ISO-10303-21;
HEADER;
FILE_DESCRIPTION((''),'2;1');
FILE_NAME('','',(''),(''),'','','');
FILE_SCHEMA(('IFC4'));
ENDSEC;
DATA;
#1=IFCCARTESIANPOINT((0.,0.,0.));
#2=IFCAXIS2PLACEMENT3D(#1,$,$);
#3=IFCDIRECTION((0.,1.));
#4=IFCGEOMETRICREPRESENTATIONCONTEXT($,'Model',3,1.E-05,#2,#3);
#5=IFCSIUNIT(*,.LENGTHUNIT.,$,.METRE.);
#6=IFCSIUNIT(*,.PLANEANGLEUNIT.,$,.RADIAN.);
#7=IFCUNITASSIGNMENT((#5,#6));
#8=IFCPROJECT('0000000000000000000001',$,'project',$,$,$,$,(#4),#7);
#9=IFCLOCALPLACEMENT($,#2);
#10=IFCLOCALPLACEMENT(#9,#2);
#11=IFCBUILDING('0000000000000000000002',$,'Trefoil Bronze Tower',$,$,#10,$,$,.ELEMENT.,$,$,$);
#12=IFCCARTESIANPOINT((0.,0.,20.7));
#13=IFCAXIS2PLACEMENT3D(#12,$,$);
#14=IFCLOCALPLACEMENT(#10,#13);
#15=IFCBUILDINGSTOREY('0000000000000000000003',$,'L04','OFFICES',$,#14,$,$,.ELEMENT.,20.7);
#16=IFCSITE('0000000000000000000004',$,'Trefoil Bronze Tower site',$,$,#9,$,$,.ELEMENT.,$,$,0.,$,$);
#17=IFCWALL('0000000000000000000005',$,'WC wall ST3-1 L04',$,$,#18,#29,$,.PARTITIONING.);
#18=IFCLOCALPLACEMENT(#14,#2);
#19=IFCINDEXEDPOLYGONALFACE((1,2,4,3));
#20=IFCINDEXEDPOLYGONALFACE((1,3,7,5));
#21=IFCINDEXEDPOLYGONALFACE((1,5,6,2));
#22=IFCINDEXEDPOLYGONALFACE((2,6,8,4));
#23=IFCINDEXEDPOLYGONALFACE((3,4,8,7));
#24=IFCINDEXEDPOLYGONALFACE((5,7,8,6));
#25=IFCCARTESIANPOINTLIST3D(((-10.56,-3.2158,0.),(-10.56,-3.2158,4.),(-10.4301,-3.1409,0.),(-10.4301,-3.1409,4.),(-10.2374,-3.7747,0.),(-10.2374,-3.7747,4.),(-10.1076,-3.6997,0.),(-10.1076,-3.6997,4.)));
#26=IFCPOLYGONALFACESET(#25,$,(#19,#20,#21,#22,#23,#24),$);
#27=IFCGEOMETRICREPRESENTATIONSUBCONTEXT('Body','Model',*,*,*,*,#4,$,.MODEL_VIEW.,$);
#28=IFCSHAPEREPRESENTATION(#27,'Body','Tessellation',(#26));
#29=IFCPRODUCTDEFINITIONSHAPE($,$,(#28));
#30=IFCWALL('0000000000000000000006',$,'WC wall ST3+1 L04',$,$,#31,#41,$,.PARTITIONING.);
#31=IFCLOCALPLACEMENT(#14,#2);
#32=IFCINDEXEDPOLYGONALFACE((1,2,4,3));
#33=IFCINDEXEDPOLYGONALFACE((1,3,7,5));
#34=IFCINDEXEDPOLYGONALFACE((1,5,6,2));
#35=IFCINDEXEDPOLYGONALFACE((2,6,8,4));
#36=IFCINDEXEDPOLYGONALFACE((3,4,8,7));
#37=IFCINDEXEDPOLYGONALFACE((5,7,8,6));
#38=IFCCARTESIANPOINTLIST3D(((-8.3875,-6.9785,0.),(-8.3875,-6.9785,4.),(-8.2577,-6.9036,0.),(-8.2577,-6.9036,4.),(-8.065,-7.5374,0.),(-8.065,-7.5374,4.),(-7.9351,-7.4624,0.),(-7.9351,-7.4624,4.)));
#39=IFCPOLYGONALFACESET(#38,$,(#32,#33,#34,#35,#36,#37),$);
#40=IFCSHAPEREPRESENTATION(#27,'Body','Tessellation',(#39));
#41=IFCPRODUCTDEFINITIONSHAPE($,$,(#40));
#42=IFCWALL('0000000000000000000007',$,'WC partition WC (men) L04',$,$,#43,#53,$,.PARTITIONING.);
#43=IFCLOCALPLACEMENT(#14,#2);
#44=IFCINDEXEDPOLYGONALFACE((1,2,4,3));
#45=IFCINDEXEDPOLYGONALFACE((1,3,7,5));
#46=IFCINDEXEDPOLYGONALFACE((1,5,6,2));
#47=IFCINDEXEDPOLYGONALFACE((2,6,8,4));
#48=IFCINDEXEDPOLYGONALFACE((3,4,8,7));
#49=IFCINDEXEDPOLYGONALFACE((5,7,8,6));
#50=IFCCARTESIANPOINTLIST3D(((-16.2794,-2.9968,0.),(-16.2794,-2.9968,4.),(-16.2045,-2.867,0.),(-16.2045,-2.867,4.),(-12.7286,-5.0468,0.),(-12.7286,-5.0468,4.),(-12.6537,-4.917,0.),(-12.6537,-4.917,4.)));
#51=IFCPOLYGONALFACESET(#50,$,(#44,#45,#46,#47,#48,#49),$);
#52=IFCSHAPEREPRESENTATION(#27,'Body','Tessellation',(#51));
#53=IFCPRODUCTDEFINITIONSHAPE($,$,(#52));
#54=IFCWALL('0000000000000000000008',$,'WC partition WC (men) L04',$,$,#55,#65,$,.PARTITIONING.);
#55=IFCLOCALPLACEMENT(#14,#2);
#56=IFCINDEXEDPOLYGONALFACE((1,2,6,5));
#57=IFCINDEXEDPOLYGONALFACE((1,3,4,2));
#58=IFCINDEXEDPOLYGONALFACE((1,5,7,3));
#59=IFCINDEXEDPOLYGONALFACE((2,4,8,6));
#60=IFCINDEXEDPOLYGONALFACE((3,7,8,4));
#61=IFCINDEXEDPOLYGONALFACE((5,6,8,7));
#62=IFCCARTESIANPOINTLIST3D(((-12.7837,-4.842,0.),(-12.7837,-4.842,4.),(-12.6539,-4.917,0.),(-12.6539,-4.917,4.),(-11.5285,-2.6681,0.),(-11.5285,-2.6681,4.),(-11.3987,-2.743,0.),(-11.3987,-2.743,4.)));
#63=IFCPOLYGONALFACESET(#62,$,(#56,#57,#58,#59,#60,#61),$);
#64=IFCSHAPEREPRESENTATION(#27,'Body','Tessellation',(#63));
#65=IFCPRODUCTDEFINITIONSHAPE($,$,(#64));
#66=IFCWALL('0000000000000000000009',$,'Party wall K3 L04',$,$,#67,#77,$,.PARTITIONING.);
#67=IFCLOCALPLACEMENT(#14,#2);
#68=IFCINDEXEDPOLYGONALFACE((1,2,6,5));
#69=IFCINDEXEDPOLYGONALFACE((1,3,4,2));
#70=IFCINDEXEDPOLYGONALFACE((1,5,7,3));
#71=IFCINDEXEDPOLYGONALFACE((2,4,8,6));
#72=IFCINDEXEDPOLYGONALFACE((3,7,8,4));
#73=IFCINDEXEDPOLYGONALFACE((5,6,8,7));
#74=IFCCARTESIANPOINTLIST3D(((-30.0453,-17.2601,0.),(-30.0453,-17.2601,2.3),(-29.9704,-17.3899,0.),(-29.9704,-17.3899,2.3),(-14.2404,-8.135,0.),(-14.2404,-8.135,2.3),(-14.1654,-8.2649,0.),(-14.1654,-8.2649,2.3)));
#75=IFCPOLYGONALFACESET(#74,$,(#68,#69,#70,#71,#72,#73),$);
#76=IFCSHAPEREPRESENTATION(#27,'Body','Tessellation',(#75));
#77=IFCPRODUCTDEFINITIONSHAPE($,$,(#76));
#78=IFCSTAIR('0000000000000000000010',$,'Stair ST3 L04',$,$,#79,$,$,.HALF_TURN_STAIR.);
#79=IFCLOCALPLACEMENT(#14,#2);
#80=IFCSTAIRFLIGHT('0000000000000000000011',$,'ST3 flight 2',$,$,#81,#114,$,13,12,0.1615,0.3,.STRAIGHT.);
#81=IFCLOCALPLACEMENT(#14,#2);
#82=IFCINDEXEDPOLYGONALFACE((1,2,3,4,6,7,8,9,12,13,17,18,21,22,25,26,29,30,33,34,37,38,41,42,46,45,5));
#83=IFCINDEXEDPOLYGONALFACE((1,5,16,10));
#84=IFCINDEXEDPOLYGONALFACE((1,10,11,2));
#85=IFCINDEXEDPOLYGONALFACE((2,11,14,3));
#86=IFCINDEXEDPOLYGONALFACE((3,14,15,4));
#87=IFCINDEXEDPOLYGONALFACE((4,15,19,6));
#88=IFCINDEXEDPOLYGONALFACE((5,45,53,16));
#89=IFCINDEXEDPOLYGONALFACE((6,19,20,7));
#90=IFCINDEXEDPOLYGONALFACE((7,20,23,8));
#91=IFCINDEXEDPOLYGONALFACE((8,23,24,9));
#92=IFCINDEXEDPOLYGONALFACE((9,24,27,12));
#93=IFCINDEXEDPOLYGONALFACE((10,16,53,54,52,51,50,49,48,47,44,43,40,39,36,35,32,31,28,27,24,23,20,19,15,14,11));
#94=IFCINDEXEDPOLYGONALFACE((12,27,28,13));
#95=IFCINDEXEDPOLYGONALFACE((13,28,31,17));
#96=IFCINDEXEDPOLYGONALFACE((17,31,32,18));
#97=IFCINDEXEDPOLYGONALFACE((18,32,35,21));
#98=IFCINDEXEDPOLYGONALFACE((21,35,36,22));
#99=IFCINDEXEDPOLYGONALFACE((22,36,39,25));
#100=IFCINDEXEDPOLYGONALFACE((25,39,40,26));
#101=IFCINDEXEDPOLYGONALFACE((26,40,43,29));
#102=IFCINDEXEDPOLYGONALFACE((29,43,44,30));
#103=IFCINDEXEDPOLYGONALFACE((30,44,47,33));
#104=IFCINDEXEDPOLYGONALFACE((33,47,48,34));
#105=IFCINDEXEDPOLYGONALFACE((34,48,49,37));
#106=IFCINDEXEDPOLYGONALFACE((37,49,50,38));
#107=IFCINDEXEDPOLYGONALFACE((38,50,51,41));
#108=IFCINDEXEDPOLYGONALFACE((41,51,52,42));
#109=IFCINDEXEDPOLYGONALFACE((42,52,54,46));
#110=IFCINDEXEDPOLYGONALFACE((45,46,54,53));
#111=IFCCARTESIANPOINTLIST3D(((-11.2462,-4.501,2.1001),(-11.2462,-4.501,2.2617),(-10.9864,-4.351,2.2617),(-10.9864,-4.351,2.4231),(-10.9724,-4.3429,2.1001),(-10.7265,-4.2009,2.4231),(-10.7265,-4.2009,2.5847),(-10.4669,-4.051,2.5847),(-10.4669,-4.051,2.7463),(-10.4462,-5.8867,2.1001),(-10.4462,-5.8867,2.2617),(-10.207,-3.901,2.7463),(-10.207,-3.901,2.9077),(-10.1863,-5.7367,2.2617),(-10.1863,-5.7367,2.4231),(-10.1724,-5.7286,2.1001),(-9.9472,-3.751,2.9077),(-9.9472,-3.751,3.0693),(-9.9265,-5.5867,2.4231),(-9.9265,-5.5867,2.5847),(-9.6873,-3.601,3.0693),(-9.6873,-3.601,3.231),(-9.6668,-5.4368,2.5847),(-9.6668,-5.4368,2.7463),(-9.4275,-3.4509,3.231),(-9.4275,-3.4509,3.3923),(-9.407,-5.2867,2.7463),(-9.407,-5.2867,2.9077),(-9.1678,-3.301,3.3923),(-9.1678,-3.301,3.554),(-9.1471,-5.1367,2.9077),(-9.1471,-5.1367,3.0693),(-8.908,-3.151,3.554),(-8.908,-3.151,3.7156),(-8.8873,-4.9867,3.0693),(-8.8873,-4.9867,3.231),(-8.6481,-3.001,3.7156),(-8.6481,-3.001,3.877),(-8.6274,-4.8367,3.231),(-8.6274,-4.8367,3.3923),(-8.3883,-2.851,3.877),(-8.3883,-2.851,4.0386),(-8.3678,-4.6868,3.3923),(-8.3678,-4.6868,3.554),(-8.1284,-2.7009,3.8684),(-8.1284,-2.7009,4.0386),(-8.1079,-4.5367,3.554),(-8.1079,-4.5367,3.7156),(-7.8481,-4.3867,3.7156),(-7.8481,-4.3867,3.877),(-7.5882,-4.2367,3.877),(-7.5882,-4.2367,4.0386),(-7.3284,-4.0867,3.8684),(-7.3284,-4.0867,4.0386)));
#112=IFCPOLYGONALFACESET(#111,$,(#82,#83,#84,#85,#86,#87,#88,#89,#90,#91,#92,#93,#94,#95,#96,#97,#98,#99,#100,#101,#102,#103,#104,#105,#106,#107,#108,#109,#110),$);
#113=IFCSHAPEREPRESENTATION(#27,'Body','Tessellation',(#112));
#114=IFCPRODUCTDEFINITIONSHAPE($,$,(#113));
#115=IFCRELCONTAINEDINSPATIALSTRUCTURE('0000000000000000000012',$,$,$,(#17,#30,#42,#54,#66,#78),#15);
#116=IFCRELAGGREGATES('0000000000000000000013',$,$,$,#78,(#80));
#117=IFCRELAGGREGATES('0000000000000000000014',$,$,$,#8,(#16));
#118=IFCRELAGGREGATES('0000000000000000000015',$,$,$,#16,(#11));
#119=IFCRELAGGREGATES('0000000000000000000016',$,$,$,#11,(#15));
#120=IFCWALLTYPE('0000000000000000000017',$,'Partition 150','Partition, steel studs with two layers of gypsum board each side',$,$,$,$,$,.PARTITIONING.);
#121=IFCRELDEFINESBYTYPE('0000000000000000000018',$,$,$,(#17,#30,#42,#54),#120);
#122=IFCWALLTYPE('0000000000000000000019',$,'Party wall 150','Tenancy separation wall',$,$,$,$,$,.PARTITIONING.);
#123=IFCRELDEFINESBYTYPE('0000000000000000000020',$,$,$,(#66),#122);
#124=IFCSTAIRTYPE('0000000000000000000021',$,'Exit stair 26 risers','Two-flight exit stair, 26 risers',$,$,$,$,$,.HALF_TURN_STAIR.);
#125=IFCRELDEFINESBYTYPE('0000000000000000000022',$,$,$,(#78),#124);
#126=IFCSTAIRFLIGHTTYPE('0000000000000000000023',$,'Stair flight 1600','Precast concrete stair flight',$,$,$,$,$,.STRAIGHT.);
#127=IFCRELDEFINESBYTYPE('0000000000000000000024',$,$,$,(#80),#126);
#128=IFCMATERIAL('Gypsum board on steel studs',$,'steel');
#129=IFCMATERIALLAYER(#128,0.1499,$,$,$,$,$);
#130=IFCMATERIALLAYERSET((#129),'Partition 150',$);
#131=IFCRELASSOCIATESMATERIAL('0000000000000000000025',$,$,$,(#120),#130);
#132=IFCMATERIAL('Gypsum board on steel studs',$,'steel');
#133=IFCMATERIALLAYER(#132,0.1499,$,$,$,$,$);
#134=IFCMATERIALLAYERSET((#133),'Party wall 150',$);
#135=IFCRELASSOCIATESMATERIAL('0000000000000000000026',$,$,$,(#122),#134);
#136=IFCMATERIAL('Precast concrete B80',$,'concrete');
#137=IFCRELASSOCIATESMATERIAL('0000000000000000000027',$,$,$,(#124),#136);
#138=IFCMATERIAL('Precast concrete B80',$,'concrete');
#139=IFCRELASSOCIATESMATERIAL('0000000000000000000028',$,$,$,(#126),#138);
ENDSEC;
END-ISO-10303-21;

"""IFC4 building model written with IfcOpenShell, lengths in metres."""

from ifc_helpers import new_model, si_unit, direction, frame, frame_2d, origin, place, context, subcontext, project, spatial, polyline, rectangle, outline, extrude, material, layer, layer_set, type_object, element, aggregate, save


model = new_model("IFC4")

# Units and contexts
model_context = context("Model", 3, precision=1e-05, world=origin(), true_north=direction((0.0, 1.0)))
body_context = subcontext(model_context, "Body", "Model", "MODEL_VIEW")
ifc_project = project(units=[si_unit("LENGTHUNIT", "METRE"), si_unit("PLANEANGLEUNIT", "RADIAN")], contexts=[model_context])

# Site, building, storey
site_placement = place(None, origin())
site = spatial("IfcSite", under=ifc_project, at=site_placement, Name="Trefoil Bronze Tower site", CompositionType="ELEMENT", RefElevation=0.0)
building_placement = place(site_placement, origin())
building = spatial("IfcBuilding", under=site, at=building_placement, Name="Trefoil Bronze Tower", CompositionType="ELEMENT")
storey_placement = place(building_placement, frame((0.0, 0.0, 20.7)))
storey = spatial("IfcBuildingStorey", under=building, at=storey_placement, Name="L04", Description="OFFICES", CompositionType="ELEMENT", Elevation=20.7)

# Shared definitions
ifc_material_1 = material(Name="Gypsum board on steel studs", Category="steel")
ifc_layer_1 = layer(ifc_material_1, 0.1499)
ifc_layer_set_1 = layer_set([ifc_layer_1], Name="Partition 150")
wall_type_1 = type_object("IfcWallType", Name="Partition 150", Description="Partition, steel studs with two layers of gypsum board each side", PredefinedType="PARTITIONING", material=ifc_layer_set_1)

# Walls
for number, where, z_axis, x_axis, name in (
    (1, (-10.4951, -3.1782, 0.0), (0.0, 0.0, 1.0), (0.499843, -0.866116, 0.0), "WC wall ST3-1 L04"),
    (2, (-8.0, -7.5, 0.0), (0.0, 0.0, 1.0), (-0.499843, 0.866116, 0.0), "WC wall ST3+1 L04"),
):
    element("IfcWall", number, at=place(storey_placement, frame(where, z_axis=z_axis, x_axis=x_axis)), inside=storey, type_object=wall_type_1, Name=name, PredefinedType="PARTITIONING", context=body_context, shape_type="SweptSolid", body=[
        extrude(rectangle(XDim=0.6453, YDim=0.1499, at=frame_2d((0.3228, 0.0))), origin(), (0.0, 0.0, 1.0), 4.0),
    ])
wall_1_placement = place(storey_placement, frame((-12.6912, -4.9819, 0.0), z_axis=(0.0, 0.0, 1.0), x_axis=(-0.866025, 0.500001, 0.0)))
element("IfcWall", 3, at=wall_1_placement, inside=storey, type_object=wall_type_1, Name="WC partition WC (men) L04", PredefinedType="PARTITIONING", context=body_context, shape_type="SweptSolid", body=[
    extrude(rectangle(XDim=4.1001, YDim=0.1499, at=frame_2d((2.05, 0.0))), origin(), (0.0, 0.0, 1.0), 4.0),
])
wall_2_placement = place(storey_placement, frame((-11.4636, -2.7056, 0.0), z_axis=(0.0, 0.0, 1.0), x_axis=(-0.50002, -0.866014, 0.0)))
element("IfcWall", 4, at=wall_2_placement, inside=storey, type_object=wall_type_1, Name="WC partition WC (men) L04", PredefinedType="PARTITIONING", context=body_context, shape_type="SweptSolid", body=[
    extrude(rectangle(XDim=2.5103, YDim=0.1499, at=frame_2d((1.2551, 0.0))), origin(), (0.0, 0.0, 1.0), 4.0),
])
ifc_material_2 = material(Name="Gypsum board on steel studs", Category="steel")
ifc_layer_2 = layer(ifc_material_2, 0.1499)
ifc_layer_set_2 = layer_set([ifc_layer_2], Name="Party wall 150")
wall_type_2 = type_object("IfcWallType", Name="Party wall 150", Description="Tenancy separation wall", PredefinedType="PARTITIONING", material=ifc_layer_set_2)
wall_3_placement = place(storey_placement, frame((-14.2029, -8.2, 0.0), z_axis=(0.0, 0.0, 1.0), x_axis=(-0.866025, -0.500001, 0.0)))
element("IfcWall", 5, at=wall_3_placement, inside=storey, type_object=wall_type_2, Name="Party wall K3 L04", PredefinedType="PARTITIONING", context=body_context, shape_type="SweptSolid", body=[
    extrude(rectangle(XDim=18.25, YDim=0.1499, at=frame_2d((9.125, 0.0))), origin(), (0.0, 0.0, 1.0), 2.3),
])

# Stair, stair flight
ifc_material_3 = material(Name="Precast concrete B80", Category="concrete")
stair_type = type_object("IfcStairType", Name="Exit stair 26 risers", Description="Two-flight exit stair, 26 risers", PredefinedType="HALF_TURN_STAIR", material=ifc_material_3)
stair_placement = place(storey_placement, origin())
stair = element("IfcStair", 6, at=stair_placement, inside=storey, type_object=stair_type, Name="Stair ST3 L04", PredefinedType="HALF_TURN_STAIR")
ifc_material_4 = material(Name="Precast concrete B80", Category="concrete")
stair_flight_type = type_object("IfcStairFlightType", Name="Stair flight 1600", Description="Precast concrete stair flight", PredefinedType="STRAIGHT", material=ifc_material_4)
stair_flight_placement = place(storey_placement, frame((-10.8462, -5.1938, 2.1001), z_axis=(0.0, 0.0, 1.0), x_axis=(0.866025, 0.5, 0.0)))
stair_flight = element("IfcStairFlight", 7, at=stair_flight_placement, type_object=stair_flight_type, Name="ST3 flight 2", NumberOfRisers=13, NumberOfTreads=12, PredefinedType="STRAIGHT", RiserHeight=0.1615, TreadLength=0.3, context=body_context, shape_type="SweptSolid", body=[
    extrude(outline(polyline([(0.0, 0.0), (0.0, 0.1616), (0.3, 0.1616), (0.3, 0.323), (0.6001, 0.323), (0.6001, 0.4846), (0.8999, 0.4846), (0.8999, 0.6462), (1.2, 0.6462), (1.2, 0.8076), (1.5, 0.8076), (1.5, 0.9692), (1.8, 0.9692), (1.8, 1.1309), (2.1001, 1.1309), (2.1001, 1.2922), (2.3999, 1.2922), (2.3999, 1.4539), (2.7, 1.4539), (2.7, 1.6155), (3.0, 1.6155), (3.0, 1.7769), (3.3, 1.7769), (3.3, 1.9385), (3.6001, 1.9385), (3.6001, 2.1001), (3.6001, 1.7683), (0.3162, 0.0), (0.0, 0.0)])), frame((0.0, 0.8, 0.0), z_axis=(0.0, -1.0, 0.0), x_axis=(1.0, 0.0, 0.0)), (0.0, 0.0, 1.0), 1.6001),
])
aggregate(stair, [stair_flight])

save(model, "model.ifc")
